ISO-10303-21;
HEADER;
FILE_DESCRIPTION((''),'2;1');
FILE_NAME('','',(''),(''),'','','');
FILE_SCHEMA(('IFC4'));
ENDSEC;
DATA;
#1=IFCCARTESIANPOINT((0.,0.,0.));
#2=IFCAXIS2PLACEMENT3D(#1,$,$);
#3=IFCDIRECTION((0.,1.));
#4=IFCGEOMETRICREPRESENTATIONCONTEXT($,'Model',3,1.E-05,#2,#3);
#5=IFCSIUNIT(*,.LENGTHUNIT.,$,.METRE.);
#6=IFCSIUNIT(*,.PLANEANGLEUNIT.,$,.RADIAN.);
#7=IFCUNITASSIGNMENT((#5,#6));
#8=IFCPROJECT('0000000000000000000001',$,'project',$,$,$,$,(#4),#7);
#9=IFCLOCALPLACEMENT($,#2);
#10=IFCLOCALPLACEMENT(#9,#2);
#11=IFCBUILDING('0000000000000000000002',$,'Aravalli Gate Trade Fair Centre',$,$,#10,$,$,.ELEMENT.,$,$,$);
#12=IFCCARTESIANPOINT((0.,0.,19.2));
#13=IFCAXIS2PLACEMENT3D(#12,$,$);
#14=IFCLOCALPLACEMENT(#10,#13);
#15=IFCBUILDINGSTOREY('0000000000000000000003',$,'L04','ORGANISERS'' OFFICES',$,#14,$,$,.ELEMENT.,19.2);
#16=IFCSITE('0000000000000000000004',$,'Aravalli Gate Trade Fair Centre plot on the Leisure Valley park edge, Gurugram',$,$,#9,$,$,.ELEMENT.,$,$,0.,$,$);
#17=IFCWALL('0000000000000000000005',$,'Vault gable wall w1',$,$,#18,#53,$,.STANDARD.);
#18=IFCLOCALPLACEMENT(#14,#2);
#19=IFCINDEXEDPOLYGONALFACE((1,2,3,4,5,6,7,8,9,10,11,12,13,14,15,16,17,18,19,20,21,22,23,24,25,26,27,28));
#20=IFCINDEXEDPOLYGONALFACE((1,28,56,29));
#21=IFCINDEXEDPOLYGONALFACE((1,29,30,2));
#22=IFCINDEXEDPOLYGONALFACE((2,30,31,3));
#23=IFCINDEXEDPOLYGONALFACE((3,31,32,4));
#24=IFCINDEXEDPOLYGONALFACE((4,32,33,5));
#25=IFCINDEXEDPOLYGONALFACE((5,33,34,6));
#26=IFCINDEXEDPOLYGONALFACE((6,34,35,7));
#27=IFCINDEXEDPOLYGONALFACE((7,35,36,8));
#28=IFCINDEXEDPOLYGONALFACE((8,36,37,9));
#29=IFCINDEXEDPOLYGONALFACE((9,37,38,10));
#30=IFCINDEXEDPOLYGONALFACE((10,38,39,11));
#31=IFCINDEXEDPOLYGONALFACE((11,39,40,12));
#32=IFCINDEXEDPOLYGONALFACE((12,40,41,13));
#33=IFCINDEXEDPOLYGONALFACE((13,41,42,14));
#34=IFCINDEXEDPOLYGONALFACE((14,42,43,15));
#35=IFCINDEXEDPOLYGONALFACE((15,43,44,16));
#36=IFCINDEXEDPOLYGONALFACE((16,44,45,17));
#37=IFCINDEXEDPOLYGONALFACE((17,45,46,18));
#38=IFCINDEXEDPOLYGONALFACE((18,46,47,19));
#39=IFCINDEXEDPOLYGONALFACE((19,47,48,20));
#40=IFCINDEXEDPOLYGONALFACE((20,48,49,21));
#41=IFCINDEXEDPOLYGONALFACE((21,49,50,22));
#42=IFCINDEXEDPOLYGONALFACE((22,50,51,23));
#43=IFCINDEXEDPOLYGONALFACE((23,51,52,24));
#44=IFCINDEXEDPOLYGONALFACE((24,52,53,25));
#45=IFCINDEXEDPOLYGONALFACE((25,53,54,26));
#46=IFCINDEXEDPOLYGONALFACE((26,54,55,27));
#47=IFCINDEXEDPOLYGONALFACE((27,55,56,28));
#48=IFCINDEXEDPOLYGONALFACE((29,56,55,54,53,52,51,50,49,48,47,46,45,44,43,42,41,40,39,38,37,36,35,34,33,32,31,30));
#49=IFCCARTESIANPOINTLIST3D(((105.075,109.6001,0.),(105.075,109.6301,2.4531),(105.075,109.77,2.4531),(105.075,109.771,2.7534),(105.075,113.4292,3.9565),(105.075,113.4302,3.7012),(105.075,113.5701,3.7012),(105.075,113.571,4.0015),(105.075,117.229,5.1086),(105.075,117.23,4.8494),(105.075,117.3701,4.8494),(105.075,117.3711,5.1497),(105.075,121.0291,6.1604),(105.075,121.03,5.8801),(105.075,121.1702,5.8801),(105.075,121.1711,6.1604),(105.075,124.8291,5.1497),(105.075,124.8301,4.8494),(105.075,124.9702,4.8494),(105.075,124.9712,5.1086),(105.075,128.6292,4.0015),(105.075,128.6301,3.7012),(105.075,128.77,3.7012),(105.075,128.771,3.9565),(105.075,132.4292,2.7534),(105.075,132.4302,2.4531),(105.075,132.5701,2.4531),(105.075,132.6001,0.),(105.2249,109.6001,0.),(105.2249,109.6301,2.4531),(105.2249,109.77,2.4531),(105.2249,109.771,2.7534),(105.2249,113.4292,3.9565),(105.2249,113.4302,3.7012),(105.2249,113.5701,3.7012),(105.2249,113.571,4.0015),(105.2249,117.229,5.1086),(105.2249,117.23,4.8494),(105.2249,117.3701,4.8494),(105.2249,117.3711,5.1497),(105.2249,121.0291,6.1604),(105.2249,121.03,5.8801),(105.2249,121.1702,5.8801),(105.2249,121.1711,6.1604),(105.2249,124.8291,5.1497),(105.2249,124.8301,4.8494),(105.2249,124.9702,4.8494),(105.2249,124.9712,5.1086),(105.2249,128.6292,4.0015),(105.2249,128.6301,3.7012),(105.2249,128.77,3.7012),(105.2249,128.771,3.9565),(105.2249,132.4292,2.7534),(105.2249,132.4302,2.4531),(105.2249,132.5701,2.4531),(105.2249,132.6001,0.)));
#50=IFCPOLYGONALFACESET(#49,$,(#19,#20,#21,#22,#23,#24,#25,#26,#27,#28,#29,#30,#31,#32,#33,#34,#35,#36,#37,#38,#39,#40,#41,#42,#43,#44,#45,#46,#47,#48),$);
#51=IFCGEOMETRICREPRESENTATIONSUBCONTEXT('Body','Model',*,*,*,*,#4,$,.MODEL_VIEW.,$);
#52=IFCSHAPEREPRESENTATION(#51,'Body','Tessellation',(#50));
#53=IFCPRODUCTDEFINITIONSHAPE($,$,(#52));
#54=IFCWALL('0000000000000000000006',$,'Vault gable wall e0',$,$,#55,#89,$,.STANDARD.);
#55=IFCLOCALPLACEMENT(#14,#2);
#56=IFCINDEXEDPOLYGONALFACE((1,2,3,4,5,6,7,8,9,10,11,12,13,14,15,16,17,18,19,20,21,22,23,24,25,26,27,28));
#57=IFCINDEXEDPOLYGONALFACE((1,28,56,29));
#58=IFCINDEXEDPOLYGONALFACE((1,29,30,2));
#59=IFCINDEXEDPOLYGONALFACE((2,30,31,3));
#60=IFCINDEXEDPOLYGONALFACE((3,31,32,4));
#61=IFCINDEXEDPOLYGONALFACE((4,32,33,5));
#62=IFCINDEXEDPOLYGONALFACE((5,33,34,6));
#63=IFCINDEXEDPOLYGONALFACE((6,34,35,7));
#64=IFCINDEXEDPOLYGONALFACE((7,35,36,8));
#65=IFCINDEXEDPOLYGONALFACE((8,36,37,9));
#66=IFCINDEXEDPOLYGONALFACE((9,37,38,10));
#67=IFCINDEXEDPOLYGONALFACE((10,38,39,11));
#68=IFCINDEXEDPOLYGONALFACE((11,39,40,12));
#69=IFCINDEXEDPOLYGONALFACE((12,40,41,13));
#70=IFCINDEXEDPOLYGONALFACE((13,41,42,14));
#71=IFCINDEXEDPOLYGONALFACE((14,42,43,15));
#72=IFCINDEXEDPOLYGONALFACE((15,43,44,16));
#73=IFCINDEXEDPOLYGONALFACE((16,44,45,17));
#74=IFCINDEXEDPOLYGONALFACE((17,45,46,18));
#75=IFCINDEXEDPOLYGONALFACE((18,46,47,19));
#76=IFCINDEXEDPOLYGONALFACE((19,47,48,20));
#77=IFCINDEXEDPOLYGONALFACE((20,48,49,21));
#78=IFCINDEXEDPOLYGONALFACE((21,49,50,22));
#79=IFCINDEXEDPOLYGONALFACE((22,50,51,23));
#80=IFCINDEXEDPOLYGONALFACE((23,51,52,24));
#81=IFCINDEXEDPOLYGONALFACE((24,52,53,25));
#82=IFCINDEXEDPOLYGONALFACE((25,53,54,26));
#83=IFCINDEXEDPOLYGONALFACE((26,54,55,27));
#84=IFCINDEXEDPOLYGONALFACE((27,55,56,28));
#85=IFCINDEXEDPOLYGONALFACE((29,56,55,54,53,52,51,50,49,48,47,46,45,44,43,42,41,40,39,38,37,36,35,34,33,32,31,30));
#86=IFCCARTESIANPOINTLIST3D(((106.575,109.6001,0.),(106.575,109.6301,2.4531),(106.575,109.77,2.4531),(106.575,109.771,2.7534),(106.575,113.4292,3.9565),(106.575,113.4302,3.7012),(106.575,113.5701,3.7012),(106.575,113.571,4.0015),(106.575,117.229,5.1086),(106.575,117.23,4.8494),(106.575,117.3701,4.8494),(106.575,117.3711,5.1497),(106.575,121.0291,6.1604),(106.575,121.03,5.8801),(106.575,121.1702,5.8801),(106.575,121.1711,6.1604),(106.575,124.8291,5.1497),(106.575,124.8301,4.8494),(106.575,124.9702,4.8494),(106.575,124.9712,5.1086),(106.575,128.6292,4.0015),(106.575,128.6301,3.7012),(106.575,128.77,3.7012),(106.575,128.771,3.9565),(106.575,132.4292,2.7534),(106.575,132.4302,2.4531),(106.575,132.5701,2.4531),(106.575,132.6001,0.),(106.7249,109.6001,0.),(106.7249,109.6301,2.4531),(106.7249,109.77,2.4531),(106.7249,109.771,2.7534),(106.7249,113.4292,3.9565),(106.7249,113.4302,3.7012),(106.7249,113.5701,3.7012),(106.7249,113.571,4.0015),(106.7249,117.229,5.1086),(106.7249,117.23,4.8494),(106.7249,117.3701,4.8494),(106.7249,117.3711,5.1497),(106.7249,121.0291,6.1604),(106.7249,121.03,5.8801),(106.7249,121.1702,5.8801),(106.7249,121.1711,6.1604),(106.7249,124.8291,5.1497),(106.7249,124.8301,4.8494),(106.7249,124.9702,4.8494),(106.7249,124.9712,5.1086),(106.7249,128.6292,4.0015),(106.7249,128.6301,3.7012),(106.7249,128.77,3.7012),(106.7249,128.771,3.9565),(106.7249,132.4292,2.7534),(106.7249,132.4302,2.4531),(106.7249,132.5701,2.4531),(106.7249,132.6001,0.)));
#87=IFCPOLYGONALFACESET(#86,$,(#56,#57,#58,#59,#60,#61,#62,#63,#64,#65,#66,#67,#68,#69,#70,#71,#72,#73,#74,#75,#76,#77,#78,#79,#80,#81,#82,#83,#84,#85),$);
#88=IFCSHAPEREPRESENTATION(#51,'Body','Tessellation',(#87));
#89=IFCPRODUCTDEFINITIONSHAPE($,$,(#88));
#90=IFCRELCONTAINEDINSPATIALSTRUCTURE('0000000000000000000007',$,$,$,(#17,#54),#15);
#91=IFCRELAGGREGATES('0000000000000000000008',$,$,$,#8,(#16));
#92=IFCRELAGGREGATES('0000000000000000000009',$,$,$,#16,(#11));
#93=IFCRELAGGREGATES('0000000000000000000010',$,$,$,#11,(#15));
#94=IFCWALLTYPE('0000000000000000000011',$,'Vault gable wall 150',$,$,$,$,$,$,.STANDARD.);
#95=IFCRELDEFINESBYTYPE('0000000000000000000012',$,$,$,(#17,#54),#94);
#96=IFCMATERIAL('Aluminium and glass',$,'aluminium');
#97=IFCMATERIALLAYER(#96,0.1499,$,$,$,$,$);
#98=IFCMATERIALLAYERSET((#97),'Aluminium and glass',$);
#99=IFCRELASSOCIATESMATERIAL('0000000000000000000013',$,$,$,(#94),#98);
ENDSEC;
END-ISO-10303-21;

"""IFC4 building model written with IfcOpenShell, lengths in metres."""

from ifc_helpers import new_model, si_unit, direction, frame, origin, place, context, subcontext, project, spatial, polyline, outline, extrude, material, layer, layer_set, type_object, element, save


model = new_model("IFC4")

# Units and contexts
model_context = context("Model", 3, precision=1e-05, world=origin(), true_north=direction((0.0, 1.0)))
body_context = subcontext(model_context, "Body", "Model", "MODEL_VIEW")
ifc_project = project(units=[si_unit("LENGTHUNIT", "METRE"), si_unit("PLANEANGLEUNIT", "RADIAN")], contexts=[model_context])

# Site, building, storey
site_placement = place(None, origin())
site = spatial("IfcSite", under=ifc_project, at=site_placement, Name="Aravalli Gate Trade Fair Centre plot on the Leisure Valley park edge, Gurugram", CompositionType="ELEMENT", RefElevation=0.0)
building_placement = place(site_placement, origin())
building = spatial("IfcBuilding", under=site, at=building_placement, Name="Aravalli Gate Trade Fair Centre", CompositionType="ELEMENT")
storey_placement = place(building_placement, frame((0.0, 0.0, 19.2)))
storey = spatial("IfcBuildingStorey", under=building, at=storey_placement, Name="L04", Description="ORGANISERS' OFFICES", CompositionType="ELEMENT", Elevation=19.2)

# Walls
ifc_material_1 = material(Name="Aluminium and glass", Category="aluminium")
ifc_layer = layer(ifc_material_1, 0.1499)
ifc_layer_set = layer_set([ifc_layer], Name="Aluminium and glass")
wall_type = type_object("IfcWallType", Name="Vault gable wall 150", PredefinedType="STANDARD", material=ifc_layer_set)
for number, where, z_axis, x_axis, name in (
    (1, (105.1499, 109.6001, 0.0), (0.0, 0.0, 1.0), (0.0, 1.0, 0.0), "Vault gable wall w1"),
    (2, (106.6499, 109.6001, 0.0), (0.0, 0.0, 1.0), (0.0, 1.0, 0.0), "Vault gable wall e0"),
):
    element("IfcWall", number, at=place(storey_placement, frame(where, z_axis=z_axis, x_axis=x_axis)), inside=storey, type_object=wall_type, Name=name, PredefinedType="STANDARD", context=body_context, shape_type="SweptSolid", body=[
        extrude(outline(polyline([(0.0, 0.0), (23.0, 0.0), (22.97, 2.4531), (22.8301, 2.4531), (22.8291, 2.7534), (19.1709, 3.9565), (19.1699, 3.7012), (19.03, 3.7012), (19.0291, 4.0015), (15.3711, 5.1086), (15.3701, 4.8494), (15.23, 4.8494), (15.229, 5.1497), (11.571, 6.1604), (11.5701, 5.8801), (11.4299, 5.8801), (11.429, 6.1604), (7.771, 5.1497), (7.77, 4.8494), (7.6299, 4.8494), (7.6289, 5.1086), (3.9709, 4.0015), (3.97, 3.7012), (3.8301, 3.7012), (3.8291, 3.9565), (0.1709, 2.7534), (0.1699, 2.4531), (0.03, 2.4531), (0.0, 0.0)])), frame((0.0, 0.075, 0.0), z_axis=(0.0, -1.0, 0.0), x_axis=(1.0, 0.0, 0.0)), (0.0, 0.0, 1.0), 0.1499),
    ])

save(model, "model.ifc")
